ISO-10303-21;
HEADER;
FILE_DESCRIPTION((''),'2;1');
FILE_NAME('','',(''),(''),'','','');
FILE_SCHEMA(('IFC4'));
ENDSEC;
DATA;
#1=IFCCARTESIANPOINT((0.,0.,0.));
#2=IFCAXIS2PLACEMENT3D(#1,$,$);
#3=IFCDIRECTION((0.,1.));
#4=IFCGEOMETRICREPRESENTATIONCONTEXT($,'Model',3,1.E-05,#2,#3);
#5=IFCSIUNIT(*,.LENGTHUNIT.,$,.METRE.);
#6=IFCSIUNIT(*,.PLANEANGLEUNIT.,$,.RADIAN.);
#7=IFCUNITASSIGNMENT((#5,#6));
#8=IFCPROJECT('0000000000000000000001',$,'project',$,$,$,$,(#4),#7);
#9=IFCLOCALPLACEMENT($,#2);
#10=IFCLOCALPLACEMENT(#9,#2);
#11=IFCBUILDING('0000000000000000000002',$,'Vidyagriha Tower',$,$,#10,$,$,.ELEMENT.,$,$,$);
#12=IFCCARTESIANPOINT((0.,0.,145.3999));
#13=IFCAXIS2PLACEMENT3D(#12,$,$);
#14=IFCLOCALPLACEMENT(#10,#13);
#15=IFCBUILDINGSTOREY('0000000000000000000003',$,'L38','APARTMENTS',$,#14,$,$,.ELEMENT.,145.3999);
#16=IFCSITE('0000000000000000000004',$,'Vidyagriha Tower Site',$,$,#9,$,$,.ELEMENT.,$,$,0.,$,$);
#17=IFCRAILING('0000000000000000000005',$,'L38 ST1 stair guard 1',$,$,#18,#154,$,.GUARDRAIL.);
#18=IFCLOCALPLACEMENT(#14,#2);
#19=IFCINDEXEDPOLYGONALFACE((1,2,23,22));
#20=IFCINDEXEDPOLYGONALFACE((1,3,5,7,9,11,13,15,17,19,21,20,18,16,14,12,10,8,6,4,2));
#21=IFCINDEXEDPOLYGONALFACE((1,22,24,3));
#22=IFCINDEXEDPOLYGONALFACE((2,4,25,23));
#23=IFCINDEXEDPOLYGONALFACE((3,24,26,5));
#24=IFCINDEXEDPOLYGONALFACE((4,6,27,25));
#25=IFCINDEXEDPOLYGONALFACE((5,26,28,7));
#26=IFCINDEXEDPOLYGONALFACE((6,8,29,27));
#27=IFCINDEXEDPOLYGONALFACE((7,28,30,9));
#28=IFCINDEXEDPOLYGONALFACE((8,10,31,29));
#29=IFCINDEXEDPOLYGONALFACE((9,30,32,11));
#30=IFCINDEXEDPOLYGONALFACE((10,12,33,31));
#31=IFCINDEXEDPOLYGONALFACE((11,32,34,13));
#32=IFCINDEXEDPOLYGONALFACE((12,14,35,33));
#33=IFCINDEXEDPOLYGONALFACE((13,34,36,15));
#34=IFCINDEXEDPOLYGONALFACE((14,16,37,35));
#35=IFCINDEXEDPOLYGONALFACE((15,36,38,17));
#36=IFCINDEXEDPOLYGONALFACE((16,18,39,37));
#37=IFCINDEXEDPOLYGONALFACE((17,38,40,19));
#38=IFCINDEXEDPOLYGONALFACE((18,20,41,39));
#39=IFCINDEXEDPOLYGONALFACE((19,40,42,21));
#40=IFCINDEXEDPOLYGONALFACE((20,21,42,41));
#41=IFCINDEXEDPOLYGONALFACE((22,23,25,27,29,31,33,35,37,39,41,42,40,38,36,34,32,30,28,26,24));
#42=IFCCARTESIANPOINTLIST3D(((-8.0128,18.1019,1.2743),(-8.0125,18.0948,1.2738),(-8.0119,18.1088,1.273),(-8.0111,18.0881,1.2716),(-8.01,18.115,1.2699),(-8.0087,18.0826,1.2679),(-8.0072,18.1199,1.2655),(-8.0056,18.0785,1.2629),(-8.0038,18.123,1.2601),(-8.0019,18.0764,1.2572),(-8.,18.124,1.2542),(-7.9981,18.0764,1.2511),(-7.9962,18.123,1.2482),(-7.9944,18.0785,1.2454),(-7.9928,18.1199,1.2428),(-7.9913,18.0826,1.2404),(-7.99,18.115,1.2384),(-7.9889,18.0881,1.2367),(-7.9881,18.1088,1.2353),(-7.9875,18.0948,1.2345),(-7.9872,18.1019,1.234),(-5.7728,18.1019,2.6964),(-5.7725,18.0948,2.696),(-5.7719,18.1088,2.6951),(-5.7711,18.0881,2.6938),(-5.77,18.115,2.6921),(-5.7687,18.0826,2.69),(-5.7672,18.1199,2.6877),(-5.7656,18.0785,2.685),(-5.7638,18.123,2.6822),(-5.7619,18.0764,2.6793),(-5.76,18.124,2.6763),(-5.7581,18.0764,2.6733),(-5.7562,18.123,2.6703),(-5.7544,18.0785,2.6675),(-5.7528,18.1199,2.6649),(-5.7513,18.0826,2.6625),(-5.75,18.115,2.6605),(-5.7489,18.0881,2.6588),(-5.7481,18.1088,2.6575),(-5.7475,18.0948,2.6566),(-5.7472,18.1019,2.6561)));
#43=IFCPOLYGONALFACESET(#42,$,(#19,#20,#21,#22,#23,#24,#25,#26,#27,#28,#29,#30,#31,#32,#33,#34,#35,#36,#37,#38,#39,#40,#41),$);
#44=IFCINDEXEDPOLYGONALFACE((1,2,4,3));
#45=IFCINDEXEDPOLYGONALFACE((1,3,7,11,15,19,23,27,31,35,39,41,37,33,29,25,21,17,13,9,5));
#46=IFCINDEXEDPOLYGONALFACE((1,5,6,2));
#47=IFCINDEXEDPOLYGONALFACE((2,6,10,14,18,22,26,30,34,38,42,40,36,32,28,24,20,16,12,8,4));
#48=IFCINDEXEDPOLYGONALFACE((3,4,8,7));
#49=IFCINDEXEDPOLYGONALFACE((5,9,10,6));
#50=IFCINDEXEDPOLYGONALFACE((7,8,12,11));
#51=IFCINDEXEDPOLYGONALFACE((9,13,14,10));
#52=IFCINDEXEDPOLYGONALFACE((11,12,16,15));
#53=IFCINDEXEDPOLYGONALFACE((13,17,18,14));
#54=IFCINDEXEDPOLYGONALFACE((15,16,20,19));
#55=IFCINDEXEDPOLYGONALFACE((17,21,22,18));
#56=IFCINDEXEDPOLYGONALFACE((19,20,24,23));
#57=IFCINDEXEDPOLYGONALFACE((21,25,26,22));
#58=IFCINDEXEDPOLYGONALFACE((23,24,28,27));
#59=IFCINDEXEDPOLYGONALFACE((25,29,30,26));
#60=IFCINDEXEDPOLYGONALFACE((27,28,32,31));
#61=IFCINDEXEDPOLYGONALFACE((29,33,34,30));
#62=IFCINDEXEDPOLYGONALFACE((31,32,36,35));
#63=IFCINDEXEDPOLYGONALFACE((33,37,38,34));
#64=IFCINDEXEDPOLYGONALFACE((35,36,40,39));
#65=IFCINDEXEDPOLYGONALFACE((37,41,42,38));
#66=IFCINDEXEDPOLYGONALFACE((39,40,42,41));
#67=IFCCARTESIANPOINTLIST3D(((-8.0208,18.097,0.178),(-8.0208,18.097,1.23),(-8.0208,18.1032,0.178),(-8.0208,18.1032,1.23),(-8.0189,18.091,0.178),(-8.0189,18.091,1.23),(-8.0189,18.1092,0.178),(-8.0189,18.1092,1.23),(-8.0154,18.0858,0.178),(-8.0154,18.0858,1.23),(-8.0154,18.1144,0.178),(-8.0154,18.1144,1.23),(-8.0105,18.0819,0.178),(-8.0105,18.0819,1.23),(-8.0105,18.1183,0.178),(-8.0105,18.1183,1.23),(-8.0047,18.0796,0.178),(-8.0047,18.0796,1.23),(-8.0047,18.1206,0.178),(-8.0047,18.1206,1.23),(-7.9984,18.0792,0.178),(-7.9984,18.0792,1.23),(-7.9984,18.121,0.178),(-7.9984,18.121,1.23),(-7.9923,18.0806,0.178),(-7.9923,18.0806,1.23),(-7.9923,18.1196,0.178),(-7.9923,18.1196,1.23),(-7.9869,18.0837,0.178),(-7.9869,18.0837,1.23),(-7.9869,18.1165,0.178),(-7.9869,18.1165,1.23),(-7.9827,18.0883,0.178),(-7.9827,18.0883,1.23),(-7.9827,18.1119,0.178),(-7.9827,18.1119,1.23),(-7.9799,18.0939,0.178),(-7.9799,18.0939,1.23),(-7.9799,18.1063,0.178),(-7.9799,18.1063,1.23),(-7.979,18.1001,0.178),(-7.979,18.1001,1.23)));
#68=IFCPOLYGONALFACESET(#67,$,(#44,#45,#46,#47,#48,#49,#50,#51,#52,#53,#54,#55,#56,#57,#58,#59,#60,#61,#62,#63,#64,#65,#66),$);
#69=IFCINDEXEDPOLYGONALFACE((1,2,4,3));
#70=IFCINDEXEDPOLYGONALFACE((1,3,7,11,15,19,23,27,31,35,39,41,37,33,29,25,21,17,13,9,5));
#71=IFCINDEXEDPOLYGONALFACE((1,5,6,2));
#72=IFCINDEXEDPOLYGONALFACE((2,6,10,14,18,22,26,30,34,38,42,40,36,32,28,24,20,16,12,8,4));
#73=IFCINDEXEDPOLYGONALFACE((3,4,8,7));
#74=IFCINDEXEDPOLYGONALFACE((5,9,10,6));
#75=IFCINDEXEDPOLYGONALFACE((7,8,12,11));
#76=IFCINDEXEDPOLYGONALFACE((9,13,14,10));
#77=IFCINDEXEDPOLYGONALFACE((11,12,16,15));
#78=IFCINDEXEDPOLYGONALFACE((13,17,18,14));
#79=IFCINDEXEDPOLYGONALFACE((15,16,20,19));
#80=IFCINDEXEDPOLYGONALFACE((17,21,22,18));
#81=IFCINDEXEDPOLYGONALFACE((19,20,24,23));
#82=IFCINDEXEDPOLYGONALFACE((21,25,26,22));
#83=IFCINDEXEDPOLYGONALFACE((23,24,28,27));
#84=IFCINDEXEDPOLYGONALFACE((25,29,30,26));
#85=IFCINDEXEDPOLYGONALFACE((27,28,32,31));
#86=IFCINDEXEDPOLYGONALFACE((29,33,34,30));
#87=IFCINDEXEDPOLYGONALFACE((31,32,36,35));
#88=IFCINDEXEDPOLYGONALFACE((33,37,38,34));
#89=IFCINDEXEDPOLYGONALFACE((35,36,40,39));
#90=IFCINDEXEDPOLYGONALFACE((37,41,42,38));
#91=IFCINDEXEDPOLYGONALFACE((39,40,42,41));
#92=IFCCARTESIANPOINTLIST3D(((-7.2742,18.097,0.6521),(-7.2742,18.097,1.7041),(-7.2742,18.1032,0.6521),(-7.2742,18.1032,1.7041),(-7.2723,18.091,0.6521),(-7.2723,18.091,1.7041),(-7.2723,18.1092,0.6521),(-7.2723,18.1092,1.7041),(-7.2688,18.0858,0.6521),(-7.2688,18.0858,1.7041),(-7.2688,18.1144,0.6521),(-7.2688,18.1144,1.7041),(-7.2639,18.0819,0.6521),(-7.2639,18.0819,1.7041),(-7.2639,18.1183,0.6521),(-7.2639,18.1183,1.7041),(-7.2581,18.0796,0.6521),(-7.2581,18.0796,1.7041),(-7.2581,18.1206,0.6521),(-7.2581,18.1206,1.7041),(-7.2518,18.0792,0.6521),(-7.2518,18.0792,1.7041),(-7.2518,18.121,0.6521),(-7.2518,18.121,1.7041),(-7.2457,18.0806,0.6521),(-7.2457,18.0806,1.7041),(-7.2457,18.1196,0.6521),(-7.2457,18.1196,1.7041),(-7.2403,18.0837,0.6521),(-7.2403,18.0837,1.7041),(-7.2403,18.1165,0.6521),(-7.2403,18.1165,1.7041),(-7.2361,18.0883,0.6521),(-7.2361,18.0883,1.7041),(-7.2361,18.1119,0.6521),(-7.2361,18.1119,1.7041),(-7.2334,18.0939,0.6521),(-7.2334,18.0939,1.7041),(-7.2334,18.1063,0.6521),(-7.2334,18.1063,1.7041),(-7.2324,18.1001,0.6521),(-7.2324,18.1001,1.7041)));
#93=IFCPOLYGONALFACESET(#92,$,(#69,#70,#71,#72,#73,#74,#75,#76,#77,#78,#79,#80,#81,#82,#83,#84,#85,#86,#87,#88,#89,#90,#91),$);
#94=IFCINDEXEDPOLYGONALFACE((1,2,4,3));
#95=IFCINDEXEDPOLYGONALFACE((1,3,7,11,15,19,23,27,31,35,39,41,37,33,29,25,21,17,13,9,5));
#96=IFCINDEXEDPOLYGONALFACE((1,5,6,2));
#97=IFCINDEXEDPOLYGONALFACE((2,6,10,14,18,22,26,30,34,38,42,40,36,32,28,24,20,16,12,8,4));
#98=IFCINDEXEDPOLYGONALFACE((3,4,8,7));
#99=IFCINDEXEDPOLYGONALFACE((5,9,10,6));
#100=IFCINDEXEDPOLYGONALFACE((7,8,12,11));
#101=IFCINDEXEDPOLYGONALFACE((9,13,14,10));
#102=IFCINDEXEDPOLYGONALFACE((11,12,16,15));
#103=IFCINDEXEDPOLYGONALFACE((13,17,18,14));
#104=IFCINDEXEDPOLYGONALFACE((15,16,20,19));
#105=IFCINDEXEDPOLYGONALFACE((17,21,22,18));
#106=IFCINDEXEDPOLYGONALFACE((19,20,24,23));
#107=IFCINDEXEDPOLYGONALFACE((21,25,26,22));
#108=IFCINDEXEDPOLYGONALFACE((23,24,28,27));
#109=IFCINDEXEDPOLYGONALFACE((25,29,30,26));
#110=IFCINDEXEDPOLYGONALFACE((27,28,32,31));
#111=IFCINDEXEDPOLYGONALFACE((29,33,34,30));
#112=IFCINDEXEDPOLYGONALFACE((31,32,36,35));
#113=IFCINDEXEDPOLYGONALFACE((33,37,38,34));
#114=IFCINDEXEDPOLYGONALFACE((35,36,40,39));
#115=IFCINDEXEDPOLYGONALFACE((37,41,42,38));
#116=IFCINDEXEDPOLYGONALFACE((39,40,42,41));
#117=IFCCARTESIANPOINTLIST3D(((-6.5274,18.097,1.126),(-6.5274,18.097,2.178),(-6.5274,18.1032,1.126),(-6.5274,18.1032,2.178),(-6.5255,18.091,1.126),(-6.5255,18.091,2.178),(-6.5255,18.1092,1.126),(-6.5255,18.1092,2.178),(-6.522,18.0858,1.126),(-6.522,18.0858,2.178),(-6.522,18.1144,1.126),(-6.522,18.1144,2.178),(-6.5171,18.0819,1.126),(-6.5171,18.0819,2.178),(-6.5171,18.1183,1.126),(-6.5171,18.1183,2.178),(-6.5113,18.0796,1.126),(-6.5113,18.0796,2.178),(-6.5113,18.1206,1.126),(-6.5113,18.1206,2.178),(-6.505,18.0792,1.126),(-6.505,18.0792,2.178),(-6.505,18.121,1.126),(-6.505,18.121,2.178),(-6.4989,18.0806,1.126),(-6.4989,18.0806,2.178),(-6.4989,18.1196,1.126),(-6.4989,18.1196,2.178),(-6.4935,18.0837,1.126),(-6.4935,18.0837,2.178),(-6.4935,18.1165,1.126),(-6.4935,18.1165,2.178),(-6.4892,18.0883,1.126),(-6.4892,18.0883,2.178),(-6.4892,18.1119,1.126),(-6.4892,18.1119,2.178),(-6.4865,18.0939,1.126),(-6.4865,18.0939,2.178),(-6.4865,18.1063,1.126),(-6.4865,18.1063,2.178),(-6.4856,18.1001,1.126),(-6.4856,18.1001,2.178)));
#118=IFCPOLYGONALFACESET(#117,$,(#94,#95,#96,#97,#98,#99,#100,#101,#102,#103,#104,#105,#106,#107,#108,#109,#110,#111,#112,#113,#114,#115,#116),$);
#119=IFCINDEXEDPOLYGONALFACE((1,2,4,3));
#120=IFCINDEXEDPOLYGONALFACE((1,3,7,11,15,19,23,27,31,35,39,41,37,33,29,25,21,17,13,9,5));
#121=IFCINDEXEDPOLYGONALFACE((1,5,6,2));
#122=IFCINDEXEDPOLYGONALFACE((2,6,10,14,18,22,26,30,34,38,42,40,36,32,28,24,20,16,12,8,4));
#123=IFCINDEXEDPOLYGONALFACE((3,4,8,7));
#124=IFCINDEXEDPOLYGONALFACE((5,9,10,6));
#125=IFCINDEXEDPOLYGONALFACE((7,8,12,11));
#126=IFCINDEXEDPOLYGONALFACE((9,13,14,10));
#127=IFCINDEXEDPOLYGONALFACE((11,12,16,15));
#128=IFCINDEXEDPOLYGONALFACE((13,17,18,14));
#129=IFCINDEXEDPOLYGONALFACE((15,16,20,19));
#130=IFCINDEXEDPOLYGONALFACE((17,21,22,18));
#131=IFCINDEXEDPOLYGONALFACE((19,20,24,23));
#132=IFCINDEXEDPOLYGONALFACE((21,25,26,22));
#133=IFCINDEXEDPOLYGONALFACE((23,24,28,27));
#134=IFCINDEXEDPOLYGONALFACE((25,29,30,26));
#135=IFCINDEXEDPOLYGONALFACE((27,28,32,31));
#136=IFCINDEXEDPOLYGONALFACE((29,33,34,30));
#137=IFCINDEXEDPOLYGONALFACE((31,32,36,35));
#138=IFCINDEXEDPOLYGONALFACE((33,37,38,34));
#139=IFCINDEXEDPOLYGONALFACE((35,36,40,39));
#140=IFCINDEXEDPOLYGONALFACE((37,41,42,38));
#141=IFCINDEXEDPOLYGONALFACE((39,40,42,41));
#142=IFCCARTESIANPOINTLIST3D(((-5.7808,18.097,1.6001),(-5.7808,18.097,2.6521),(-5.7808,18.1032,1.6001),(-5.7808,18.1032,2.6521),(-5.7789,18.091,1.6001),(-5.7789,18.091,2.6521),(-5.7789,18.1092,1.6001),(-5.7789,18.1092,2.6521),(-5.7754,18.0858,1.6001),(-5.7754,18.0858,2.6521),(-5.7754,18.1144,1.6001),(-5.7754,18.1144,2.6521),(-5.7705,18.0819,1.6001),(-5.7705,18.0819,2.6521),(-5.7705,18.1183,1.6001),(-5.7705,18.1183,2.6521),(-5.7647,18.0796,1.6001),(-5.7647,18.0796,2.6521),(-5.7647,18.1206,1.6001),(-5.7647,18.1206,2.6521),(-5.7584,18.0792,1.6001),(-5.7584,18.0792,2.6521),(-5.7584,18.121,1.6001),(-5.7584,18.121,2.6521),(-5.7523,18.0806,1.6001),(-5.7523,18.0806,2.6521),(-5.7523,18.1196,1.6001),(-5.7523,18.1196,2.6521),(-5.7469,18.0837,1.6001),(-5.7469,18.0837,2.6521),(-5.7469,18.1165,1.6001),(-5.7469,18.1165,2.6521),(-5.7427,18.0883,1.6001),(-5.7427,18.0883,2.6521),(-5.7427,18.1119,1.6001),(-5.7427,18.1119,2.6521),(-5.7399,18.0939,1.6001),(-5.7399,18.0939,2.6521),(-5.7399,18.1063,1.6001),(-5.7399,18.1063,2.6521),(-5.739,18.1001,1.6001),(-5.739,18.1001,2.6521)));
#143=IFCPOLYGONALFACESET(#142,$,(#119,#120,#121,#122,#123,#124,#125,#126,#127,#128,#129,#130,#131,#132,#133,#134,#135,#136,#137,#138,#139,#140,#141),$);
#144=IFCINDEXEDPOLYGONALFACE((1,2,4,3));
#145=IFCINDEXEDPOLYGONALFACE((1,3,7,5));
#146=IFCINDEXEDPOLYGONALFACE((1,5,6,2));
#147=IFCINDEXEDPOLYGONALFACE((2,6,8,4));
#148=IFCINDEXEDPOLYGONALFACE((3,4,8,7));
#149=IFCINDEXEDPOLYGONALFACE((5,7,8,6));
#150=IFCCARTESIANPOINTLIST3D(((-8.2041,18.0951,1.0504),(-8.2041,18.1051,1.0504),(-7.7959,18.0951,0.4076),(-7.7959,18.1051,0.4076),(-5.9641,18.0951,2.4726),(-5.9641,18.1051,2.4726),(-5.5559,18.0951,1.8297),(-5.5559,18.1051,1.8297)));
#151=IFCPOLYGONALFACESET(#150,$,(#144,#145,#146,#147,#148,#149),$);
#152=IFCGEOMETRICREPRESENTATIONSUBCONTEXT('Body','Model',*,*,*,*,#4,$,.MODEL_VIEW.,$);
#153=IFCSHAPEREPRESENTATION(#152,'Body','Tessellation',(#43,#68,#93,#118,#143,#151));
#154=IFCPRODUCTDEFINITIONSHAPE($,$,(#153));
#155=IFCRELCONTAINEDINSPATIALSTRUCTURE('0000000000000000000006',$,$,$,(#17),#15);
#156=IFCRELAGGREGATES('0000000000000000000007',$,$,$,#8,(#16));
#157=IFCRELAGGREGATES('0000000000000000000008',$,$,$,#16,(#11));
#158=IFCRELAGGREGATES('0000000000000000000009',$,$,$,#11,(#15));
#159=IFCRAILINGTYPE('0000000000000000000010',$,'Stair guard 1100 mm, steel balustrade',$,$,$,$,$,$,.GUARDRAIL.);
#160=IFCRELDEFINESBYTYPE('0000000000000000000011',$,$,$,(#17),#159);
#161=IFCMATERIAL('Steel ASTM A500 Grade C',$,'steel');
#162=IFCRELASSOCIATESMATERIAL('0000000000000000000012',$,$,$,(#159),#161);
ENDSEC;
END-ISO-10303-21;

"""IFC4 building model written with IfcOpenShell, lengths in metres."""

from ifc_helpers import new_model, si_unit, direction, frame, origin, origin_2d, place, context, subcontext, project, spatial, rectangle, circle, extrude, material, type_object, element, save


model = new_model("IFC4")

# Units and contexts
model_context = context("Model", 3, precision=1e-05, world=origin(), true_north=direction((0.0, 1.0)))
body_context = subcontext(model_context, "Body", "Model", "MODEL_VIEW")
ifc_project = project(units=[si_unit("LENGTHUNIT", "METRE"), si_unit("PLANEANGLEUNIT", "RADIAN")], contexts=[model_context])

# Site, building, storey
site_placement = place(None, origin())
site = spatial("IfcSite", under=ifc_project, at=site_placement, Name="Vidyagriha Tower Site", CompositionType="ELEMENT", RefElevation=0.0)
building_placement = place(site_placement, origin())
building = spatial("IfcBuilding", under=site, at=building_placement, Name="Vidyagriha Tower", CompositionType="ELEMENT")
storey_placement = place(building_placement, frame((0.0, 0.0, 145.3999)))
storey = spatial("IfcBuildingStorey", under=building, at=storey_placement, Name="L38", Description="APARTMENTS", CompositionType="ELEMENT", Elevation=145.3999)

# Railing
ifc_material_1 = material(Name="Steel ASTM A500 Grade C", Category="steel")
railing_type_1 = type_object("IfcRailingType", Name="Stair guard 1100 mm, steel balustrade", PredefinedType="GUARDRAIL", material=ifc_material_1)
railing_1_placement = place(storey_placement, frame((-8.0, 18.1001, 0.178)))
element("IfcRailing", 1, at=railing_1_placement, inside=storey, type_object=railing_type_1, Name="L38 ST1 stair guard 1", PredefinedType="GUARDRAIL", context=body_context, shape_type="SweptSolid", body=[
    extrude(circle(Radius=0.0239, at=origin_2d()), frame((0.0, 0.0, 1.0762), z_axis=(0.844229, 0.0, 0.535982), x_axis=(0.0, 1.0, 0.0)), (0.0, 0.0, 1.0), 2.6533),
    extrude(circle(Radius=0.021, at=origin_2d()), origin(), (0.0, 0.0, 1.0), 1.052),
    extrude(circle(Radius=0.021, at=origin_2d()), frame((0.7466, 0.0, 0.4741)), (0.0, 0.0, 1.0), 1.052),
    extrude(circle(Radius=0.021, at=origin_2d()), frame((1.4934, 0.0, 0.948)), (0.0, 0.0, 1.0), 1.052),
    extrude(circle(Radius=0.021, at=origin_2d()), frame((2.24, 0.0, 1.4221)), (0.0, 0.0, 1.0), 1.052),
    extrude(rectangle(XDim=0.01, YDim=0.7615, at=origin_2d()), frame((0.0, 0.0, 0.551), z_axis=(0.844229, 0.0, 0.535982), x_axis=(0.0, 1.0, 0.0)), (0.0, 0.0, 1.0), 2.6533),
])

save(model, "model.ifc")
